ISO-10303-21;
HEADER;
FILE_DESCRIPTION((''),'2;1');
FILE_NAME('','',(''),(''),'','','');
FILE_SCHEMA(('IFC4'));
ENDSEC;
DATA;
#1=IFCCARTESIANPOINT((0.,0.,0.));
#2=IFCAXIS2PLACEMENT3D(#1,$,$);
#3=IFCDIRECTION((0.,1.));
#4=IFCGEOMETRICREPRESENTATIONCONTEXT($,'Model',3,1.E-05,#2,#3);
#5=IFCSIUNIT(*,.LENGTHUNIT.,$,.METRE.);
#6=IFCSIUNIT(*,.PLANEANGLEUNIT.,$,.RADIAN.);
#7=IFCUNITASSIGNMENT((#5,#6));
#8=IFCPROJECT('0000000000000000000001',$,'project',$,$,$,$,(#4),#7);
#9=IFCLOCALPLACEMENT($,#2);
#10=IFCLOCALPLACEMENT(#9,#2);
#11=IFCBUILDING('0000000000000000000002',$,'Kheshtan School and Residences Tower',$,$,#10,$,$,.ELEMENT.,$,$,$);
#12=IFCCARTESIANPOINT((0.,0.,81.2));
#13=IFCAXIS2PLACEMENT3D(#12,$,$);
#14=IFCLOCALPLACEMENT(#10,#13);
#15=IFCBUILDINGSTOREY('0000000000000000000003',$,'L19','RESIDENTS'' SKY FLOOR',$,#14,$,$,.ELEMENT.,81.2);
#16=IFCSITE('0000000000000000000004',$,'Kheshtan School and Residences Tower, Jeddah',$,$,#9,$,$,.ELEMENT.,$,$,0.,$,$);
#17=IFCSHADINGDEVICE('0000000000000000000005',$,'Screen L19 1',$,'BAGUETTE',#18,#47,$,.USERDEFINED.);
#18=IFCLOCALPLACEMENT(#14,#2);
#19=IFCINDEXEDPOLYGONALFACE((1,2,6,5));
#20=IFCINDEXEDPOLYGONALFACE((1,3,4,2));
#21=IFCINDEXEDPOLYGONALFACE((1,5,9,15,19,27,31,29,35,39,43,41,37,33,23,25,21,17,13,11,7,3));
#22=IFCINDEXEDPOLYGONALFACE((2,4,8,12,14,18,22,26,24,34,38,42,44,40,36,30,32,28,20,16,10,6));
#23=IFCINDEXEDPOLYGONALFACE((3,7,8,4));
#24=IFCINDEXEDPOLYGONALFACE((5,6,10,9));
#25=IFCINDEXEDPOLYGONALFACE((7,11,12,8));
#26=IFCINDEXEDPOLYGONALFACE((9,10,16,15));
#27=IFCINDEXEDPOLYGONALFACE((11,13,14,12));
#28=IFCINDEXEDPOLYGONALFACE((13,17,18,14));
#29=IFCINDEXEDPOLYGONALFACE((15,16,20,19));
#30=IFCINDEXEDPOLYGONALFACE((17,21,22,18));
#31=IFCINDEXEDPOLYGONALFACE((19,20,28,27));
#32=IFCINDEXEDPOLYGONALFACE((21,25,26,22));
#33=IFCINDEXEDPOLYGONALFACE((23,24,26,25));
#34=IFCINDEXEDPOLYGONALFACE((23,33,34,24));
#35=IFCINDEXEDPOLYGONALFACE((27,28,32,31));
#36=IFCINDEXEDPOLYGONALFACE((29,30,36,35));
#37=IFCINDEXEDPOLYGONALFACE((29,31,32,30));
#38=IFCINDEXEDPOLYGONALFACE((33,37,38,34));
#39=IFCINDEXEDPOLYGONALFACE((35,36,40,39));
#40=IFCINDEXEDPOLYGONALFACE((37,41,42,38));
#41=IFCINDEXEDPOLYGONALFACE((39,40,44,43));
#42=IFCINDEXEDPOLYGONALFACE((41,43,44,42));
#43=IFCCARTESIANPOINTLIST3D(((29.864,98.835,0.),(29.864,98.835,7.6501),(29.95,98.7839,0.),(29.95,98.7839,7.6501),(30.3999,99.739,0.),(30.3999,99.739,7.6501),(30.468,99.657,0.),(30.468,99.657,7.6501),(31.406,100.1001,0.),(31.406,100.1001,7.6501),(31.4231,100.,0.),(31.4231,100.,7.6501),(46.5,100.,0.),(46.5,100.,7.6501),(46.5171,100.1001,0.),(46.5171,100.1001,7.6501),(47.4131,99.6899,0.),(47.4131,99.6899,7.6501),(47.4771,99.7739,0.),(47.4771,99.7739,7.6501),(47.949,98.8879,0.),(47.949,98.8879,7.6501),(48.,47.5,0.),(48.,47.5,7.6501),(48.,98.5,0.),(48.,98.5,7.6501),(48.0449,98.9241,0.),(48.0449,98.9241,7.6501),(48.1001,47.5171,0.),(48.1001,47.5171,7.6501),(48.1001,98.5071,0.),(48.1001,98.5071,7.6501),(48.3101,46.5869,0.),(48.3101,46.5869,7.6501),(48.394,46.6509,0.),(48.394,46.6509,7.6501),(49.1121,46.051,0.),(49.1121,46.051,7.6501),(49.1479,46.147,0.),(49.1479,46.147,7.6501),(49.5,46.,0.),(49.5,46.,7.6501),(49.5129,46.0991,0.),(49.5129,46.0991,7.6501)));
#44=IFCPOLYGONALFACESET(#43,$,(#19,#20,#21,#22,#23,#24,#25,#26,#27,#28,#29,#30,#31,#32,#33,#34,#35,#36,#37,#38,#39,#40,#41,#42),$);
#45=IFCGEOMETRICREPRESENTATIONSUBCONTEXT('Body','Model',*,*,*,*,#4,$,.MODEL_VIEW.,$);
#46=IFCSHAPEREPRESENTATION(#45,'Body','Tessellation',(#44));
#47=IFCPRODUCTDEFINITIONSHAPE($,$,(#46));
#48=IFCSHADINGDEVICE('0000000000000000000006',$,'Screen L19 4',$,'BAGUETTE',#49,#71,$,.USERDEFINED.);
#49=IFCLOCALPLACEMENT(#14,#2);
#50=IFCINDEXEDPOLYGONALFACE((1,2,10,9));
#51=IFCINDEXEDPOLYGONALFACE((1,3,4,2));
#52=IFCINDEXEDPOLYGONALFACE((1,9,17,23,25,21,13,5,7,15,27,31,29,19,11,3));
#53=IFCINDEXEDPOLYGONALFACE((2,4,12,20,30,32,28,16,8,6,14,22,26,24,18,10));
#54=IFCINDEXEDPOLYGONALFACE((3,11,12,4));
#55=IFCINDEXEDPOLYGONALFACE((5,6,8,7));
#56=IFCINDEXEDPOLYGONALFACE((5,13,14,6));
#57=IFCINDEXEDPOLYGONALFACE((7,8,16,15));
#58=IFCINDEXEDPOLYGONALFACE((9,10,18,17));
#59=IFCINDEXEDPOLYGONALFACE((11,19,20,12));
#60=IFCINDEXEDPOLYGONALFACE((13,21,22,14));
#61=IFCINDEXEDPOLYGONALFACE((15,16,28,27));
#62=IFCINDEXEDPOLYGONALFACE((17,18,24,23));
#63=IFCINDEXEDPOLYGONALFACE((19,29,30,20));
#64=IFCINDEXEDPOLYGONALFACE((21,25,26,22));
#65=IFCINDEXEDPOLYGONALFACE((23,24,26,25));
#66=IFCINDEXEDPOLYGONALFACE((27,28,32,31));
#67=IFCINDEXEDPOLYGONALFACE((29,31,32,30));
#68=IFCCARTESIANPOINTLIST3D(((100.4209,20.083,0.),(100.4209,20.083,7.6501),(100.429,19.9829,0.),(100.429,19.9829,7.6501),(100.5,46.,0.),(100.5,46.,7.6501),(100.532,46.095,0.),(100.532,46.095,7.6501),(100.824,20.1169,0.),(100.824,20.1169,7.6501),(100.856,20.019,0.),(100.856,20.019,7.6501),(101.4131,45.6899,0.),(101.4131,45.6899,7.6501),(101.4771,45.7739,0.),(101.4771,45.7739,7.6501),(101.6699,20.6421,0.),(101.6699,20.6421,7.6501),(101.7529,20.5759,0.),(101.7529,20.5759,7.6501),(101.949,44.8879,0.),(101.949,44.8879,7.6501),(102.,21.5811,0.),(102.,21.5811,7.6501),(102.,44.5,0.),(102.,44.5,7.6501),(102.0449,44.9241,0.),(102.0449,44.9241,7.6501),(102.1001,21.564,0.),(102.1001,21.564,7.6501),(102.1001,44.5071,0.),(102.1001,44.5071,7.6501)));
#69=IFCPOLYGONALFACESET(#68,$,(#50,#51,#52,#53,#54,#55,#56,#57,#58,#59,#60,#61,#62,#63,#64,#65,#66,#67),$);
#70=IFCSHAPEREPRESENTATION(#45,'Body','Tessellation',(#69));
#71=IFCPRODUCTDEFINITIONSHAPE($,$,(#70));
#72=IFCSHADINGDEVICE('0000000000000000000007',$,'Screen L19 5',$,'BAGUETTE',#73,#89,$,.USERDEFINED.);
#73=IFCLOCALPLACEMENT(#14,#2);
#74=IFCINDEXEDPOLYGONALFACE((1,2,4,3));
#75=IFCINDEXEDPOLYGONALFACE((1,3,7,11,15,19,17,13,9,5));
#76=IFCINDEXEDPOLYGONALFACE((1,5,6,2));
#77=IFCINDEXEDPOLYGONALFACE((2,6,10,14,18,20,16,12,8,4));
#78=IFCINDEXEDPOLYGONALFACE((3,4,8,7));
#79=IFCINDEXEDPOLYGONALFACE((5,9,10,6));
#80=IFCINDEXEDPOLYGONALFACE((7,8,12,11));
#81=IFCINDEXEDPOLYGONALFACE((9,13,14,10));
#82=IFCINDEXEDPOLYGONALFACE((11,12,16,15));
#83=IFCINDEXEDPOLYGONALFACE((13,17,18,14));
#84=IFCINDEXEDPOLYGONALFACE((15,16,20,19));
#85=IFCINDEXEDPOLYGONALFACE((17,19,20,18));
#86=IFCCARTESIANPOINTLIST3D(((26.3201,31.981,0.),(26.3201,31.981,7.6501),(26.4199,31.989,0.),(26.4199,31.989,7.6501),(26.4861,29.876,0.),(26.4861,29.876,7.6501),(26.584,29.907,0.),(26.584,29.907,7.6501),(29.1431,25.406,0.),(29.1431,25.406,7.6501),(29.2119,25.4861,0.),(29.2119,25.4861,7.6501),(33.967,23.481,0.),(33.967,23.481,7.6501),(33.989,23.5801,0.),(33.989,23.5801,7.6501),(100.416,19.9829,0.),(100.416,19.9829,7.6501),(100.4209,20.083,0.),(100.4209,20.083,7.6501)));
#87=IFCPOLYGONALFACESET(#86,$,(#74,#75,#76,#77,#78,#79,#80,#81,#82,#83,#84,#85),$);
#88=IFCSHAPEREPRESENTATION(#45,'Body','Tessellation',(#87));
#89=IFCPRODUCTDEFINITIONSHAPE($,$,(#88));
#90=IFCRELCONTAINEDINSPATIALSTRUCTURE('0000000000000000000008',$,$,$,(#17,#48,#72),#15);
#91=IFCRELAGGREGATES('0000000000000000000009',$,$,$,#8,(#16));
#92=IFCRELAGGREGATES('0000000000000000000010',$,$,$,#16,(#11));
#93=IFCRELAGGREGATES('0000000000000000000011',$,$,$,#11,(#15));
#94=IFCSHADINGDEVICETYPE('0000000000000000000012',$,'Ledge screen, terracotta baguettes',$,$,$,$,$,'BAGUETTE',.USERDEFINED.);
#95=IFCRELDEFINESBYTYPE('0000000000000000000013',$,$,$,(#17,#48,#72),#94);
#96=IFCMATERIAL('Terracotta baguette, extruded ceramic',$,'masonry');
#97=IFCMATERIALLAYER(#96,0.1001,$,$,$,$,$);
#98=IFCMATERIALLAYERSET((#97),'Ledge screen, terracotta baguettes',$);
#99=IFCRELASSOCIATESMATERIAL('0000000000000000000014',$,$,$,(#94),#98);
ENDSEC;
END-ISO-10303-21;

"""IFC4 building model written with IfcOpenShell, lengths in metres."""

from ifc_helpers import new_model, si_unit, direction, frame, origin, place, context, subcontext, project, spatial, polyline, outline, extrude, material, layer, layer_set, type_object, element, save


model = new_model("IFC4")

# Units and contexts
model_context = context("Model", 3, precision=1e-05, world=origin(), true_north=direction((0.0, 1.0)))
body_context = subcontext(model_context, "Body", "Model", "MODEL_VIEW")
ifc_project = project(units=[si_unit("LENGTHUNIT", "METRE"), si_unit("PLANEANGLEUNIT", "RADIAN")], contexts=[model_context])

# Site, building, storey
site_placement = place(None, origin())
site = spatial("IfcSite", under=ifc_project, at=site_placement, Name="Kheshtan School and Residences Tower, Jeddah", CompositionType="ELEMENT", RefElevation=0.0)
building_placement = place(site_placement, origin())
building = spatial("IfcBuilding", under=site, at=building_placement, Name="Kheshtan School and Residences Tower", CompositionType="ELEMENT")
storey_placement = place(building_placement, frame((0.0, 0.0, 81.2)))
storey = spatial("IfcBuildingStorey", under=building, at=storey_placement, Name="L19", Description="RESIDENTS' SKY FLOOR", CompositionType="ELEMENT", Elevation=81.2)

# Shading devices
ifc_material_1 = material(Name="Terracotta baguette, extruded ceramic", Category="masonry")
ifc_layer_1 = layer(ifc_material_1, 0.1001)
ifc_layer_set_1 = layer_set([ifc_layer_1], Name="Ledge screen, terracotta baguettes")
shading_device_type = type_object("IfcShadingDeviceType", Name="Ledge screen, terracotta baguettes", ElementType="BAGUETTE", PredefinedType="USERDEFINED", material=ifc_layer_set_1)
shading_device_1_placement = place(storey_placement, origin())
element("IfcShadingDevice", 1, at=shading_device_1_placement, inside=storey, type_object=shading_device_type, Name="Screen L19 1", ObjectType="BAGUETTE", PredefinedType="USERDEFINED", context=body_context, shape_type="SweptSolid", body=[
    extrude(outline(polyline([(29.95, 98.7839), (30.468, 99.657), (31.4231, 100.0), (46.5, 100.0), (47.4131, 99.6899), (47.949, 98.8879), (48.0, 98.5), (48.0, 47.5), (48.3101, 46.5869), (49.1121, 46.051), (49.5, 46.0), (49.5129, 46.0991), (49.1479, 46.147), (48.394, 46.6509), (48.1001, 47.5171), (48.1001, 98.5071), (48.0449, 98.9241), (47.4771, 99.7739), (46.5171, 100.1001), (31.406, 100.1001), (30.3999, 99.739), (29.864, 98.835), (29.95, 98.7839)])), origin(), (0.0, 0.0, 1.0), 7.6501),
])
shading_device_2_placement = place(storey_placement, origin())
element("IfcShadingDevice", 2, at=shading_device_2_placement, inside=storey, type_object=shading_device_type, Name="Screen L19 4", ObjectType="BAGUETTE", PredefinedType="USERDEFINED", context=body_context, shape_type="SweptSolid", body=[
    extrude(outline(polyline([(100.5, 46.0), (101.4131, 45.6899), (101.949, 44.8879), (102.0, 44.5), (102.0, 21.5811), (101.6699, 20.6421), (100.824, 20.1169), (100.4209, 20.083), (100.429, 19.9829), (100.856, 20.019), (101.7529, 20.5759), (102.1001, 21.564), (102.1001, 44.5071), (102.0449, 44.9241), (101.4771, 45.7739), (100.532, 46.095), (100.5, 46.0)])), origin(), (0.0, 0.0, 1.0), 7.6501),
])
shading_device_3_placement = place(storey_placement, origin())
element("IfcShadingDevice", 3, at=shading_device_3_placement, inside=storey, type_object=shading_device_type, Name="Screen L19 5", ObjectType="BAGUETTE", PredefinedType="USERDEFINED", context=body_context, shape_type="SweptSolid", body=[
    extrude(outline(polyline([(100.4209, 20.083), (33.989, 23.5801), (29.2119, 25.4861), (26.584, 29.907), (26.4199, 31.989), (26.3201, 31.981), (26.4861, 29.876), (29.1431, 25.406), (33.967, 23.481), (100.416, 19.9829), (100.4209, 20.083)])), origin(), (0.0, 0.0, 1.0), 7.6501),
])

save(model, "model.ifc")
